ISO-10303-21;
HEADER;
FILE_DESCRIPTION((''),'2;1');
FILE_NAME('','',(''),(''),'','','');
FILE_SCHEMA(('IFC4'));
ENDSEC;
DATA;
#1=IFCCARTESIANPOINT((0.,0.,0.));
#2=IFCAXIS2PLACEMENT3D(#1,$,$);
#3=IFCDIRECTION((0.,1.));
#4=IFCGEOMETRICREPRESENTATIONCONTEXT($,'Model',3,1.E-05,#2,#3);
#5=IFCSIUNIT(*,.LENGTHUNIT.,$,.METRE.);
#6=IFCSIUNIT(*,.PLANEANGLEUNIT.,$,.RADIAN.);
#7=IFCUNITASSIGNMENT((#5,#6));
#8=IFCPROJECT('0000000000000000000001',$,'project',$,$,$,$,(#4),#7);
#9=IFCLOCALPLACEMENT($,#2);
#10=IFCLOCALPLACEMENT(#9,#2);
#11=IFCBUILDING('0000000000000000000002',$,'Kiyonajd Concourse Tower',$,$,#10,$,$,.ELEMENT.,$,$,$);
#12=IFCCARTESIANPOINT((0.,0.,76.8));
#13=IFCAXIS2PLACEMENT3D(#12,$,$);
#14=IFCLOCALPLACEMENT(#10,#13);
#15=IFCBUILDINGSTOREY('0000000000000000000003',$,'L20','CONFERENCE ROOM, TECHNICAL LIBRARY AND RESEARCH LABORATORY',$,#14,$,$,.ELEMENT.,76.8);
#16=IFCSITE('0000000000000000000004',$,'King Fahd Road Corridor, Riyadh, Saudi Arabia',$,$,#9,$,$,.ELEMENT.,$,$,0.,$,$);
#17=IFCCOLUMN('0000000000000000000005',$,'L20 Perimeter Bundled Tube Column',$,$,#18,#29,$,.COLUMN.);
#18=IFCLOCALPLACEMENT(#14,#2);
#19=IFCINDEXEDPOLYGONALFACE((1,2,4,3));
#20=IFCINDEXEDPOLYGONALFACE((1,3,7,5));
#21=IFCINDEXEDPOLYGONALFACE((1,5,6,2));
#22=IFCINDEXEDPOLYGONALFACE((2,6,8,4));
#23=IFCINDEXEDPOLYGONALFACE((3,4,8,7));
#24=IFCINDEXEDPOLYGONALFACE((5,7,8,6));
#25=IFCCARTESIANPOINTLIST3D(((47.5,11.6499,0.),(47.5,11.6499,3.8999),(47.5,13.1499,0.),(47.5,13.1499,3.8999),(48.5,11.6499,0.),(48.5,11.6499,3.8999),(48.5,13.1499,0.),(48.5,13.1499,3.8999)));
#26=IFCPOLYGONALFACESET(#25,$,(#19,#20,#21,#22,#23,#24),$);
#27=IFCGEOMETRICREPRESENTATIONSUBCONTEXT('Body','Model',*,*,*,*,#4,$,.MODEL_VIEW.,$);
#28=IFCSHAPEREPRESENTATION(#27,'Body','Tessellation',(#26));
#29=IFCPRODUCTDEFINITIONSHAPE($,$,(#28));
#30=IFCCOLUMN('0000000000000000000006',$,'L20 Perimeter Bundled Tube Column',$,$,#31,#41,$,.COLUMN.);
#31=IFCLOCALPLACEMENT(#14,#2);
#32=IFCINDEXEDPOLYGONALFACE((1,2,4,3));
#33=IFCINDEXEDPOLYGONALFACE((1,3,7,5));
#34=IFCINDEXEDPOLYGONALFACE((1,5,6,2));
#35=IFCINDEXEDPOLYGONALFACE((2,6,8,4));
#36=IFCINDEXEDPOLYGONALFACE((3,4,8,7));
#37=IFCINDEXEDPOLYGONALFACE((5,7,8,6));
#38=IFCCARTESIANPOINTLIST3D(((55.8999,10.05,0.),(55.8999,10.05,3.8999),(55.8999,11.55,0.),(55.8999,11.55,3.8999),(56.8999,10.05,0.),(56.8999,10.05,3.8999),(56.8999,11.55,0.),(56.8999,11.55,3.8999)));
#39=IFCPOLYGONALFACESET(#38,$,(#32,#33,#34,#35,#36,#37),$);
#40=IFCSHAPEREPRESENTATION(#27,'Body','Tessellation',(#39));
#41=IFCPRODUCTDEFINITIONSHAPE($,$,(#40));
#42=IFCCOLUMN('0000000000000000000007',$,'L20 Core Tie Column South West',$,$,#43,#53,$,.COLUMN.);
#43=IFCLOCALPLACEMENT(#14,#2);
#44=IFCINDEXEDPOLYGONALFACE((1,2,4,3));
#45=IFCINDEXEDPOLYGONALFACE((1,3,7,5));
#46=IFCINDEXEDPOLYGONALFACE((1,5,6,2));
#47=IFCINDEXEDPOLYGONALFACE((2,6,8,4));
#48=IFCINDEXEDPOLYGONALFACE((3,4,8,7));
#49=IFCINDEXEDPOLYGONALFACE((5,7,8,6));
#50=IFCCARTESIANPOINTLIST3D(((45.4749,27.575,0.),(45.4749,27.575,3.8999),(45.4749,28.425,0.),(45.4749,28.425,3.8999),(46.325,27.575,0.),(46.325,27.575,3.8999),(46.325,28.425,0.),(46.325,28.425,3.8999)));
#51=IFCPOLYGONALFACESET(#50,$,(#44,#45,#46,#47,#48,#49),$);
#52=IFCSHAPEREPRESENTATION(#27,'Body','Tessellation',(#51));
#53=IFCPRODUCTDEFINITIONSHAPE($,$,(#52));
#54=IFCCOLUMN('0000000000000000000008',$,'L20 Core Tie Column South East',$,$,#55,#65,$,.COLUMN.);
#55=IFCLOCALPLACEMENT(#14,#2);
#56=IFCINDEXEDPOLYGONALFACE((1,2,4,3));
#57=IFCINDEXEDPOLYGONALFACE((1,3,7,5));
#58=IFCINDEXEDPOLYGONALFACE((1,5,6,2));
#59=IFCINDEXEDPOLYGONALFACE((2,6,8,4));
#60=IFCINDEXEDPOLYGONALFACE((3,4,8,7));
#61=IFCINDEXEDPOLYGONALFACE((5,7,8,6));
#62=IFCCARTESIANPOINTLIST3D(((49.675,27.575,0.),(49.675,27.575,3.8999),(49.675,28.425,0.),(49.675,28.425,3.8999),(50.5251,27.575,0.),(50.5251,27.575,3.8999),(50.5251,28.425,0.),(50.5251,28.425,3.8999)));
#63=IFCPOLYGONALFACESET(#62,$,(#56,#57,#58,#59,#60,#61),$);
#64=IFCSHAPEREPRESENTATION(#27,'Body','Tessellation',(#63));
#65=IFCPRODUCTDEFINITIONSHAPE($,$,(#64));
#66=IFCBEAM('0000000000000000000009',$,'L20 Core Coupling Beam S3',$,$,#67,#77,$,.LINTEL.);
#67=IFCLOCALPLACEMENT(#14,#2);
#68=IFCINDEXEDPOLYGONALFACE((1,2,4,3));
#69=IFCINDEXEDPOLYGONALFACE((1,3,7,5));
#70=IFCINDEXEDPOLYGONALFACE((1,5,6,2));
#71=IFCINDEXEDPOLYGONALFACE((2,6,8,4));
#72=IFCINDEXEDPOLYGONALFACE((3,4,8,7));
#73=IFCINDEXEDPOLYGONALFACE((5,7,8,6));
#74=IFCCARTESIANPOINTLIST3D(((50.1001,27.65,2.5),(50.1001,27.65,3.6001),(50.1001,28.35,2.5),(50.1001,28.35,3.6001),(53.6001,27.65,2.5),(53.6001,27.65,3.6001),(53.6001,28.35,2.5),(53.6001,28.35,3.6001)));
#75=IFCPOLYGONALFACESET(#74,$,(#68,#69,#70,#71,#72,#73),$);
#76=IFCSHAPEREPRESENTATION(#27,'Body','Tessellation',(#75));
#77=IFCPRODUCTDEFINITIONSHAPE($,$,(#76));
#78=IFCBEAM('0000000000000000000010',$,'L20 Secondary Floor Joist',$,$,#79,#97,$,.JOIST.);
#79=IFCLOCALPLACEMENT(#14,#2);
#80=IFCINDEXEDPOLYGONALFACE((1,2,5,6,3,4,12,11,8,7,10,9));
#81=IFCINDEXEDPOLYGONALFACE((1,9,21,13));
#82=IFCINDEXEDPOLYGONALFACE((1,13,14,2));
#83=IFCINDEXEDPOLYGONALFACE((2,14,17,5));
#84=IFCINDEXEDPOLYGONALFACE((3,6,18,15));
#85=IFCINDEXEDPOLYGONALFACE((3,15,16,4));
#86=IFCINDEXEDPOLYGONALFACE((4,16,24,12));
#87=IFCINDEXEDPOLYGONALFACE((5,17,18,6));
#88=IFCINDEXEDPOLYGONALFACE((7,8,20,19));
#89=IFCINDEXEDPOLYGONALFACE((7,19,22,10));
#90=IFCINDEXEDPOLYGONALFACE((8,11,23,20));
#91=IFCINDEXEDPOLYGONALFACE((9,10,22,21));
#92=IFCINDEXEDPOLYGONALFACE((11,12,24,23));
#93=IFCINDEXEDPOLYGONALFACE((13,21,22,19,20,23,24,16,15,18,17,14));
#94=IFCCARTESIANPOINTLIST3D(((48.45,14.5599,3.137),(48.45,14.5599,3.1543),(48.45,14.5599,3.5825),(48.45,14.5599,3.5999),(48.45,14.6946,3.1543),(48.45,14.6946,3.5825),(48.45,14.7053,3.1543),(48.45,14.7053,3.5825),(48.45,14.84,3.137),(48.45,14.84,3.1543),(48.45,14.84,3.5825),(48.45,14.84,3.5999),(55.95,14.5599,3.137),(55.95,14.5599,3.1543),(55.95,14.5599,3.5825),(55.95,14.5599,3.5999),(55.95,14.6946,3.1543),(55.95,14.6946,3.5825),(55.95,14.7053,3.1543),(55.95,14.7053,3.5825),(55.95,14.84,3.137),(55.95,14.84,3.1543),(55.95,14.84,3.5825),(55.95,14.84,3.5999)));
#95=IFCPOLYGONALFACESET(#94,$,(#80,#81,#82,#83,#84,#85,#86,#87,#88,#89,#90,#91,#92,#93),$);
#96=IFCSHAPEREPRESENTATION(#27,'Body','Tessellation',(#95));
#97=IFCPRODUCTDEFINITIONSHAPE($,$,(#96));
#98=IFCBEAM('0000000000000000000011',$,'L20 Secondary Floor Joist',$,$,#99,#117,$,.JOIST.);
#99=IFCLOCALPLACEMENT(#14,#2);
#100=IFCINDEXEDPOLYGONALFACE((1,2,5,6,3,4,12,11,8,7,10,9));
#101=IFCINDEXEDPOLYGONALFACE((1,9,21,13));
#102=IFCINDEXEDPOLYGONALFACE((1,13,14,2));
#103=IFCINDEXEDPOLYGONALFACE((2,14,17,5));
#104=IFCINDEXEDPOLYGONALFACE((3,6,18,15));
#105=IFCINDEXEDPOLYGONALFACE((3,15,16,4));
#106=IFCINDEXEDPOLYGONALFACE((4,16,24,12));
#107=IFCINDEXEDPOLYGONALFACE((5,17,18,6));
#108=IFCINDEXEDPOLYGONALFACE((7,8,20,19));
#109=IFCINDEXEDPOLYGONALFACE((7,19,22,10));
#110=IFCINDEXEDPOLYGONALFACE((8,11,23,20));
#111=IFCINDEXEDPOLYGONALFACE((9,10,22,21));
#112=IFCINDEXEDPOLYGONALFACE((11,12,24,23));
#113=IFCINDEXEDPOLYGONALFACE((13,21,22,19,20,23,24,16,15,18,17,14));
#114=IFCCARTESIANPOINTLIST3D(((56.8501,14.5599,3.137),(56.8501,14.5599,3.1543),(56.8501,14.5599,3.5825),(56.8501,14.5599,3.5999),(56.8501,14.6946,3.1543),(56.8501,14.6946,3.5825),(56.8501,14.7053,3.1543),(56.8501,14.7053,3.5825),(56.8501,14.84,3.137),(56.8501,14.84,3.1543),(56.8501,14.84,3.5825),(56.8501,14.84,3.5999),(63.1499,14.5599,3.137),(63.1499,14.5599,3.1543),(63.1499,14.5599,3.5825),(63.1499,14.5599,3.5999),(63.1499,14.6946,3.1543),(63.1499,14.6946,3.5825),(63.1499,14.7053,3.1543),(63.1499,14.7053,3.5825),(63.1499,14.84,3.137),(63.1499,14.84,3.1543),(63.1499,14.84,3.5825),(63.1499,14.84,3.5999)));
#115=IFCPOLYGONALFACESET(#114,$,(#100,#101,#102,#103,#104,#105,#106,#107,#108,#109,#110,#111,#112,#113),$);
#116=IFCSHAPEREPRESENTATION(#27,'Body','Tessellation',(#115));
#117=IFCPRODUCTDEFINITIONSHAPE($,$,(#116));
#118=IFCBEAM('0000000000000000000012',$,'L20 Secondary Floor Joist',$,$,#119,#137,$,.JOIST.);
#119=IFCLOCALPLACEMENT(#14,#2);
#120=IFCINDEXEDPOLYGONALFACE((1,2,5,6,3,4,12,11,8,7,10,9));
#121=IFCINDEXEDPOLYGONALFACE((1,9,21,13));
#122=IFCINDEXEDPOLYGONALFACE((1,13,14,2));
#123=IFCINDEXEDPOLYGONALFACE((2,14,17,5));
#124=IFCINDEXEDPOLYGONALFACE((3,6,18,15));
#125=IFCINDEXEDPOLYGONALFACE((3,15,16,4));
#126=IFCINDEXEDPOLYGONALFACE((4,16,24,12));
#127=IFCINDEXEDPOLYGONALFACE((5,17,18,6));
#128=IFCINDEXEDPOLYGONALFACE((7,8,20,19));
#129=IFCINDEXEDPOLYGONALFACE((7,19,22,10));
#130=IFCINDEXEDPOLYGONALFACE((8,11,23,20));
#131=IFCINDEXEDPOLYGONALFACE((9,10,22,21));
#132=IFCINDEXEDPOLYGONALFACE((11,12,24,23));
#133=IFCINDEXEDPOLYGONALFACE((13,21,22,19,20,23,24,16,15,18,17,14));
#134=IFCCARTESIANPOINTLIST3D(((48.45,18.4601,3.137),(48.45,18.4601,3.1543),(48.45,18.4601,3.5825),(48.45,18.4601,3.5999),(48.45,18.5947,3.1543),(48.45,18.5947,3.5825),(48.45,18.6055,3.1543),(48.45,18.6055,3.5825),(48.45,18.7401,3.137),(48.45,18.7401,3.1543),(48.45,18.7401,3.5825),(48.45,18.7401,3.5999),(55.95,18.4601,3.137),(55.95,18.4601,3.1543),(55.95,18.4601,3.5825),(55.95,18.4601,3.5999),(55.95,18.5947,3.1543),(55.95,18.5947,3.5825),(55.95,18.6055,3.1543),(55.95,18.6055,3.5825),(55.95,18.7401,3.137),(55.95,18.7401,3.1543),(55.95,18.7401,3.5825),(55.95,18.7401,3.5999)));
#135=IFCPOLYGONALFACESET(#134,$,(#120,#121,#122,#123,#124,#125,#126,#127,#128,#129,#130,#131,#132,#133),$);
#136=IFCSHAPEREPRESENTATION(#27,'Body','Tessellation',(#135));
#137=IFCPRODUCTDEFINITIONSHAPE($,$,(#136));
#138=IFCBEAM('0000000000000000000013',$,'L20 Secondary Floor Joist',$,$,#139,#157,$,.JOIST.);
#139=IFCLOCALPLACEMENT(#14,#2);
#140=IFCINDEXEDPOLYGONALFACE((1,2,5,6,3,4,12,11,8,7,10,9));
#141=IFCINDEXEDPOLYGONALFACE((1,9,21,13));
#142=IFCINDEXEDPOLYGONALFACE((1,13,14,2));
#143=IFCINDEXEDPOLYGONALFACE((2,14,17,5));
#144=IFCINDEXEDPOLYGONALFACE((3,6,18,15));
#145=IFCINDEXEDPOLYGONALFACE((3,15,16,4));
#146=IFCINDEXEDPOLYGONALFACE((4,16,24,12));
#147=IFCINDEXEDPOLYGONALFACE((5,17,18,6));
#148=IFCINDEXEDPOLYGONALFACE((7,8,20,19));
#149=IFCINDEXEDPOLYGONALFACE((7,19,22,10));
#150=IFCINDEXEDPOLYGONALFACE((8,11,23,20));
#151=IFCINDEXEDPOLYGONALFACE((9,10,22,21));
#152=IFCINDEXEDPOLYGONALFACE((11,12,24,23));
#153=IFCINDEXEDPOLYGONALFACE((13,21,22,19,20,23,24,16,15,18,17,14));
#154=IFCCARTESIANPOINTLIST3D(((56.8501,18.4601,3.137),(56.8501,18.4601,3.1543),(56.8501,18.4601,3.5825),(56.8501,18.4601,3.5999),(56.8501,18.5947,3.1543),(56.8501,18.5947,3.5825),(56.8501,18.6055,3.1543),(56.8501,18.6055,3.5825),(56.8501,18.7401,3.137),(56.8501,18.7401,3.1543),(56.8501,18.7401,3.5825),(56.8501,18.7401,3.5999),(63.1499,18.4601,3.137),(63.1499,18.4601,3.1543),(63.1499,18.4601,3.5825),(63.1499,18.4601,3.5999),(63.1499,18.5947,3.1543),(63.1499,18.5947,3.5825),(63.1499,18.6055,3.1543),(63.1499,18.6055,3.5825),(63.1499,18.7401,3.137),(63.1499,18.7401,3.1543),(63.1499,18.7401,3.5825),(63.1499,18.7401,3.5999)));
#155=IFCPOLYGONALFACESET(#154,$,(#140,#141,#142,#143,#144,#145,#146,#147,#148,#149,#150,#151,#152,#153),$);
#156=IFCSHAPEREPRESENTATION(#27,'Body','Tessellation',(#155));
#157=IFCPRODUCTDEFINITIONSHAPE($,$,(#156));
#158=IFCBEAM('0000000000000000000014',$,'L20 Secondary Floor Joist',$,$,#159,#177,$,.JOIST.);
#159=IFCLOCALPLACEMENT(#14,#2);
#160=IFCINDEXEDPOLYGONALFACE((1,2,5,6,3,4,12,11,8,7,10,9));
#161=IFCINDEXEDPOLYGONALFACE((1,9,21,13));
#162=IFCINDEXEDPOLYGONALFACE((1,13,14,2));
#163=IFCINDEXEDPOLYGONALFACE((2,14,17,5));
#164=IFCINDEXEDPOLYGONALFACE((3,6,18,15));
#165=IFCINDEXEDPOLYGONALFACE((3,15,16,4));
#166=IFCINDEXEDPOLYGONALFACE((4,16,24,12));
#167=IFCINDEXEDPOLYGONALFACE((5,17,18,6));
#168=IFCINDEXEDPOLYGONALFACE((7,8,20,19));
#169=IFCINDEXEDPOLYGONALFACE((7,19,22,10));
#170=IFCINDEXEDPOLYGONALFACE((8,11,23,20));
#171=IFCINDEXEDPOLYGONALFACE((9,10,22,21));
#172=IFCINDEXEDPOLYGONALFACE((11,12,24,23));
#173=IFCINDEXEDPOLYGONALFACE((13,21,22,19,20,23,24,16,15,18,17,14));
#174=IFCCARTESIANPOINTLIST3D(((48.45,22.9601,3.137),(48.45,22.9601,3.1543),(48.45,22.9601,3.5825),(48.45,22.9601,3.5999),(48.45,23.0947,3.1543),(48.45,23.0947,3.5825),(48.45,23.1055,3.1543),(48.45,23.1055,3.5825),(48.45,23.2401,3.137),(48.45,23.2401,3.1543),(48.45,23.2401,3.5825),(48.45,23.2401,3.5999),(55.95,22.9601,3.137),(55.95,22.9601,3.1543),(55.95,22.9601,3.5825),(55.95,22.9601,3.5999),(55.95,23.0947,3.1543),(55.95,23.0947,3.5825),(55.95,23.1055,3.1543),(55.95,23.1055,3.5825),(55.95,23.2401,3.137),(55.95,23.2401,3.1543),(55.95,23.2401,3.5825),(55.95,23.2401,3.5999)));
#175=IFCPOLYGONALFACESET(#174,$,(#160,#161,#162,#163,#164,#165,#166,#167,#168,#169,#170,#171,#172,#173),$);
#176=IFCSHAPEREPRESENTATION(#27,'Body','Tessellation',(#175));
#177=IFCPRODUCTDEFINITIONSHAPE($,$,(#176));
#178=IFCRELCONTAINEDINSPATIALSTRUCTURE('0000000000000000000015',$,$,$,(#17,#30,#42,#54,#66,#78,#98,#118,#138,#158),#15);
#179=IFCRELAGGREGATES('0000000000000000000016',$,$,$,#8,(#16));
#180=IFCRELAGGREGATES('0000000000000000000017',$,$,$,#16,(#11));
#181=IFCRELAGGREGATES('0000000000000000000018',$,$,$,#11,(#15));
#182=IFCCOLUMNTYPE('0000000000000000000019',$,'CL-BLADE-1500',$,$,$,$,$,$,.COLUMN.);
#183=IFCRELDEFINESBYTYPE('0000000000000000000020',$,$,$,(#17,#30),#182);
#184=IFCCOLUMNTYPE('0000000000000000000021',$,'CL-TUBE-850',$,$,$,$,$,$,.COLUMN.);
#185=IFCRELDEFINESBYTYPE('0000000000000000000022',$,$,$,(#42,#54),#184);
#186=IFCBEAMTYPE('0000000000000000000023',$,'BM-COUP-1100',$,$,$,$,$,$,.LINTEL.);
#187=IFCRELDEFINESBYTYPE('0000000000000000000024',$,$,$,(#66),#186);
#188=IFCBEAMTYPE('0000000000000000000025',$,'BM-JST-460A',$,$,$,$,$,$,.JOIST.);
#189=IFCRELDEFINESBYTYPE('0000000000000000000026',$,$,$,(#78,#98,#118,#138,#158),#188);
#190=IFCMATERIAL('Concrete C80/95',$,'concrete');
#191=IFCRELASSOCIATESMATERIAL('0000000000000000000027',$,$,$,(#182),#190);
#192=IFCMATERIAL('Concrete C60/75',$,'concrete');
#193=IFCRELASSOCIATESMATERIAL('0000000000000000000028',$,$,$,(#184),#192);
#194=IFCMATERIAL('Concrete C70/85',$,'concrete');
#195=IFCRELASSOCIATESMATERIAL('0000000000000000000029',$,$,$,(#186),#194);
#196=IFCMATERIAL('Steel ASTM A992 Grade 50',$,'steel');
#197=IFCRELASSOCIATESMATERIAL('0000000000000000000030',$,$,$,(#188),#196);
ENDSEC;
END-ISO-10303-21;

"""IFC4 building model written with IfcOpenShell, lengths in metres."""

from ifc_helpers import new_model, si_unit, direction, frame, origin, origin_2d, place, context, subcontext, project, spatial, rectangle, i_section, extrude, material, material_profile, profile_set, type_object, element, save


model = new_model("IFC4")

# Units and contexts
model_context = context("Model", 3, precision=1e-05, world=origin(), true_north=direction((0.0, 1.0)))
body_context = subcontext(model_context, "Body", "Model", "MODEL_VIEW")
ifc_project = project(units=[si_unit("LENGTHUNIT", "METRE"), si_unit("PLANEANGLEUNIT", "RADIAN")], contexts=[model_context])

# Site, building, storey
site_placement = place(None, origin())
site = spatial("IfcSite", under=ifc_project, at=site_placement, Name="King Fahd Road Corridor, Riyadh, Saudi Arabia", CompositionType="ELEMENT", RefElevation=0.0)
building_placement = place(site_placement, origin())
building = spatial("IfcBuilding", under=site, at=building_placement, Name="Kiyonajd Concourse Tower", CompositionType="ELEMENT")
storey_placement = place(building_placement, frame((0.0, 0.0, 76.8)))
storey = spatial("IfcBuildingStorey", under=building, at=storey_placement, Name="L20", Description="CONFERENCE ROOM, TECHNICAL LIBRARY AND RESEARCH LABORATORY", CompositionType="ELEMENT", Elevation=76.8)

# Columns
ifc_material_1 = material(Name="Concrete C80/95", Category="concrete")
ifc_material_profile_1 = material_profile(ifc_material_1, rectangle(XDim=1.0, YDim=1.5, at=origin_2d()), Name="RC-1500x1000")
ifc_profile_set_1 = profile_set([ifc_material_profile_1], Name="Concrete C80/95")
column_type_1 = type_object("IfcColumnType", Name="CL-BLADE-1500", PredefinedType="COLUMN", material=ifc_profile_set_1)
for number, where, z_axis, x_axis, name in (
    (1, (48.0, 12.3999, 0.0), (0.0, 0.0, 1.0), (1.0, 0.0, 0.0), "L20 Perimeter Bundled Tube Column"),
    (2, (56.3999, 10.8, 0.0), (0.0, 0.0, 1.0), (1.0, 0.0, 0.0), "L20 Perimeter Bundled Tube Column"),
):
    element("IfcColumn", number, at=place(storey_placement, frame(where, z_axis=z_axis, x_axis=x_axis)), inside=storey, type_object=column_type_1, Name=name, PredefinedType="COLUMN", context=body_context, shape_type="SweptSolid", body=[
        extrude(rectangle(XDim=1.0, YDim=1.5, at=origin_2d()), origin(), (0.0, 0.0, 1.0), 3.8999),
    ])
ifc_material_2 = material(Name="Concrete C60/75", Category="concrete")
ifc_material_profile_2 = material_profile(ifc_material_2, rectangle(XDim=0.8501, YDim=0.8501, at=origin_2d()), Name="RC-850x850")
ifc_profile_set_2 = profile_set([ifc_material_profile_2], Name="Concrete C60/75")
column_type_2 = type_object("IfcColumnType", Name="CL-TUBE-850", PredefinedType="COLUMN", material=ifc_profile_set_2)
for number, where, z_axis, x_axis, name in (
    (3, (45.8999, 28.0, 0.0), (0.0, 0.0, 1.0), (1.0, 0.0, 0.0), "L20 Core Tie Column South West"),
    (4, (50.1001, 28.0, 0.0), (0.0, 0.0, 1.0), (1.0, 0.0, 0.0), "L20 Core Tie Column South East"),
):
    element("IfcColumn", number, at=place(storey_placement, frame(where, z_axis=z_axis, x_axis=x_axis)), inside=storey, type_object=column_type_2, Name=name, PredefinedType="COLUMN", context=body_context, shape_type="SweptSolid", body=[
        extrude(rectangle(XDim=0.8501, YDim=0.8501, at=origin_2d()), origin(), (0.0, 0.0, 1.0), 3.8999),
    ])

# Beams
ifc_material_3 = material(Name="Concrete C70/85", Category="concrete")
ifc_material_profile_3 = material_profile(ifc_material_3, rectangle(XDim=0.7, YDim=1.1001, at=origin_2d()), Name="RCBM-700x1100")
ifc_profile_set_3 = profile_set([ifc_material_profile_3], Name="Concrete C70/85")
beam_type_1 = type_object("IfcBeamType", Name="BM-COUP-1100", PredefinedType="LINTEL", material=ifc_profile_set_3)
beam_1_placement = place(storey_placement, frame((50.1001, 28.0, 3.05), z_axis=(1.0, 0.0, 0.0), x_axis=(0.0, 1.0, 0.0)))
element("IfcBeam", 5, at=beam_1_placement, inside=storey, type_object=beam_type_1, Name="L20 Core Coupling Beam S3", PredefinedType="LINTEL", context=body_context, shape_type="SweptSolid", body=[
    extrude(rectangle(XDim=0.7, YDim=1.1001, at=origin_2d()), origin(), (0.0, 0.0, 1.0), 3.5),
])
ifc_material_4 = material(Name="Steel ASTM A992 Grade 50", Category="steel")
ifc_material_profile_4 = material_profile(ifc_material_4, i_section(OverallWidth=0.28, OverallDepth=0.4629, WebThickness=0.0107, FlangeThickness=0.0173, at=origin_2d()), Name="W460X113")
ifc_profile_set_4 = profile_set([ifc_material_profile_4], Name="Steel ASTM A992 Grade 50")
beam_type_2 = type_object("IfcBeamType", Name="BM-JST-460A", PredefinedType="JOIST", material=ifc_profile_set_4)
beam_2_placement = place(storey_placement, frame((48.45, 14.7, 3.3684), z_axis=(1.0, 0.0, 0.0), x_axis=(0.0, 1.0, 0.0)))
element("IfcBeam", 6, at=beam_2_placement, inside=storey, type_object=beam_type_2, Name="L20 Secondary Floor Joist", PredefinedType="JOIST", context=body_context, shape_type="SweptSolid", body=[
    extrude(i_section(OverallWidth=0.28, OverallDepth=0.4629, WebThickness=0.0107, FlangeThickness=0.0173, at=origin_2d()), origin(), (0.0, 0.0, 1.0), 7.5),
])
beam_3_placement = place(storey_placement, frame((56.8501, 14.7, 3.3684), z_axis=(1.0, 0.0, 0.0), x_axis=(0.0, 1.0, 0.0)))
element("IfcBeam", 7, at=beam_3_placement, inside=storey, type_object=beam_type_2, Name="L20 Secondary Floor Joist", PredefinedType="JOIST", context=body_context, shape_type="SweptSolid", body=[
    extrude(i_section(OverallWidth=0.28, OverallDepth=0.4629, WebThickness=0.0107, FlangeThickness=0.0173, at=origin_2d()), origin(), (0.0, 0.0, 1.0), 6.2998),
])
beam_4_placement = place(storey_placement, frame((48.45, 18.6001, 3.3684), z_axis=(1.0, 0.0, 0.0), x_axis=(0.0, 1.0, 0.0)))
element("IfcBeam", 8, at=beam_4_placement, inside=storey, type_object=beam_type_2, Name="L20 Secondary Floor Joist", PredefinedType="JOIST", context=body_context, shape_type="SweptSolid", body=[
    extrude(i_section(OverallWidth=0.28, OverallDepth=0.4629, WebThickness=0.0107, FlangeThickness=0.0173, at=origin_2d()), origin(), (0.0, 0.0, 1.0), 7.5),
])
beam_5_placement = place(storey_placement, frame((56.8501, 18.6001, 3.3684), z_axis=(1.0, 0.0, 0.0), x_axis=(0.0, 1.0, 0.0)))
element("IfcBeam", 9, at=beam_5_placement, inside=storey, type_object=beam_type_2, Name="L20 Secondary Floor Joist", PredefinedType="JOIST", context=body_context, shape_type="SweptSolid", body=[
    extrude(i_section(OverallWidth=0.28, OverallDepth=0.4629, WebThickness=0.0107, FlangeThickness=0.0173, at=origin_2d()), origin(), (0.0, 0.0, 1.0), 6.2998),
])
beam_6_placement = place(storey_placement, frame((48.45, 23.1001, 3.3684), z_axis=(1.0, 0.0, 0.0), x_axis=(0.0, 1.0, 0.0)))
element("IfcBeam", 10, at=beam_6_placement, inside=storey, type_object=beam_type_2, Name="L20 Secondary Floor Joist", PredefinedType="JOIST", context=body_context, shape_type="SweptSolid", body=[
    extrude(i_section(OverallWidth=0.28, OverallDepth=0.4629, WebThickness=0.0107, FlangeThickness=0.0173, at=origin_2d()), origin(), (0.0, 0.0, 1.0), 7.5),
])

save(model, "model.ifc")
